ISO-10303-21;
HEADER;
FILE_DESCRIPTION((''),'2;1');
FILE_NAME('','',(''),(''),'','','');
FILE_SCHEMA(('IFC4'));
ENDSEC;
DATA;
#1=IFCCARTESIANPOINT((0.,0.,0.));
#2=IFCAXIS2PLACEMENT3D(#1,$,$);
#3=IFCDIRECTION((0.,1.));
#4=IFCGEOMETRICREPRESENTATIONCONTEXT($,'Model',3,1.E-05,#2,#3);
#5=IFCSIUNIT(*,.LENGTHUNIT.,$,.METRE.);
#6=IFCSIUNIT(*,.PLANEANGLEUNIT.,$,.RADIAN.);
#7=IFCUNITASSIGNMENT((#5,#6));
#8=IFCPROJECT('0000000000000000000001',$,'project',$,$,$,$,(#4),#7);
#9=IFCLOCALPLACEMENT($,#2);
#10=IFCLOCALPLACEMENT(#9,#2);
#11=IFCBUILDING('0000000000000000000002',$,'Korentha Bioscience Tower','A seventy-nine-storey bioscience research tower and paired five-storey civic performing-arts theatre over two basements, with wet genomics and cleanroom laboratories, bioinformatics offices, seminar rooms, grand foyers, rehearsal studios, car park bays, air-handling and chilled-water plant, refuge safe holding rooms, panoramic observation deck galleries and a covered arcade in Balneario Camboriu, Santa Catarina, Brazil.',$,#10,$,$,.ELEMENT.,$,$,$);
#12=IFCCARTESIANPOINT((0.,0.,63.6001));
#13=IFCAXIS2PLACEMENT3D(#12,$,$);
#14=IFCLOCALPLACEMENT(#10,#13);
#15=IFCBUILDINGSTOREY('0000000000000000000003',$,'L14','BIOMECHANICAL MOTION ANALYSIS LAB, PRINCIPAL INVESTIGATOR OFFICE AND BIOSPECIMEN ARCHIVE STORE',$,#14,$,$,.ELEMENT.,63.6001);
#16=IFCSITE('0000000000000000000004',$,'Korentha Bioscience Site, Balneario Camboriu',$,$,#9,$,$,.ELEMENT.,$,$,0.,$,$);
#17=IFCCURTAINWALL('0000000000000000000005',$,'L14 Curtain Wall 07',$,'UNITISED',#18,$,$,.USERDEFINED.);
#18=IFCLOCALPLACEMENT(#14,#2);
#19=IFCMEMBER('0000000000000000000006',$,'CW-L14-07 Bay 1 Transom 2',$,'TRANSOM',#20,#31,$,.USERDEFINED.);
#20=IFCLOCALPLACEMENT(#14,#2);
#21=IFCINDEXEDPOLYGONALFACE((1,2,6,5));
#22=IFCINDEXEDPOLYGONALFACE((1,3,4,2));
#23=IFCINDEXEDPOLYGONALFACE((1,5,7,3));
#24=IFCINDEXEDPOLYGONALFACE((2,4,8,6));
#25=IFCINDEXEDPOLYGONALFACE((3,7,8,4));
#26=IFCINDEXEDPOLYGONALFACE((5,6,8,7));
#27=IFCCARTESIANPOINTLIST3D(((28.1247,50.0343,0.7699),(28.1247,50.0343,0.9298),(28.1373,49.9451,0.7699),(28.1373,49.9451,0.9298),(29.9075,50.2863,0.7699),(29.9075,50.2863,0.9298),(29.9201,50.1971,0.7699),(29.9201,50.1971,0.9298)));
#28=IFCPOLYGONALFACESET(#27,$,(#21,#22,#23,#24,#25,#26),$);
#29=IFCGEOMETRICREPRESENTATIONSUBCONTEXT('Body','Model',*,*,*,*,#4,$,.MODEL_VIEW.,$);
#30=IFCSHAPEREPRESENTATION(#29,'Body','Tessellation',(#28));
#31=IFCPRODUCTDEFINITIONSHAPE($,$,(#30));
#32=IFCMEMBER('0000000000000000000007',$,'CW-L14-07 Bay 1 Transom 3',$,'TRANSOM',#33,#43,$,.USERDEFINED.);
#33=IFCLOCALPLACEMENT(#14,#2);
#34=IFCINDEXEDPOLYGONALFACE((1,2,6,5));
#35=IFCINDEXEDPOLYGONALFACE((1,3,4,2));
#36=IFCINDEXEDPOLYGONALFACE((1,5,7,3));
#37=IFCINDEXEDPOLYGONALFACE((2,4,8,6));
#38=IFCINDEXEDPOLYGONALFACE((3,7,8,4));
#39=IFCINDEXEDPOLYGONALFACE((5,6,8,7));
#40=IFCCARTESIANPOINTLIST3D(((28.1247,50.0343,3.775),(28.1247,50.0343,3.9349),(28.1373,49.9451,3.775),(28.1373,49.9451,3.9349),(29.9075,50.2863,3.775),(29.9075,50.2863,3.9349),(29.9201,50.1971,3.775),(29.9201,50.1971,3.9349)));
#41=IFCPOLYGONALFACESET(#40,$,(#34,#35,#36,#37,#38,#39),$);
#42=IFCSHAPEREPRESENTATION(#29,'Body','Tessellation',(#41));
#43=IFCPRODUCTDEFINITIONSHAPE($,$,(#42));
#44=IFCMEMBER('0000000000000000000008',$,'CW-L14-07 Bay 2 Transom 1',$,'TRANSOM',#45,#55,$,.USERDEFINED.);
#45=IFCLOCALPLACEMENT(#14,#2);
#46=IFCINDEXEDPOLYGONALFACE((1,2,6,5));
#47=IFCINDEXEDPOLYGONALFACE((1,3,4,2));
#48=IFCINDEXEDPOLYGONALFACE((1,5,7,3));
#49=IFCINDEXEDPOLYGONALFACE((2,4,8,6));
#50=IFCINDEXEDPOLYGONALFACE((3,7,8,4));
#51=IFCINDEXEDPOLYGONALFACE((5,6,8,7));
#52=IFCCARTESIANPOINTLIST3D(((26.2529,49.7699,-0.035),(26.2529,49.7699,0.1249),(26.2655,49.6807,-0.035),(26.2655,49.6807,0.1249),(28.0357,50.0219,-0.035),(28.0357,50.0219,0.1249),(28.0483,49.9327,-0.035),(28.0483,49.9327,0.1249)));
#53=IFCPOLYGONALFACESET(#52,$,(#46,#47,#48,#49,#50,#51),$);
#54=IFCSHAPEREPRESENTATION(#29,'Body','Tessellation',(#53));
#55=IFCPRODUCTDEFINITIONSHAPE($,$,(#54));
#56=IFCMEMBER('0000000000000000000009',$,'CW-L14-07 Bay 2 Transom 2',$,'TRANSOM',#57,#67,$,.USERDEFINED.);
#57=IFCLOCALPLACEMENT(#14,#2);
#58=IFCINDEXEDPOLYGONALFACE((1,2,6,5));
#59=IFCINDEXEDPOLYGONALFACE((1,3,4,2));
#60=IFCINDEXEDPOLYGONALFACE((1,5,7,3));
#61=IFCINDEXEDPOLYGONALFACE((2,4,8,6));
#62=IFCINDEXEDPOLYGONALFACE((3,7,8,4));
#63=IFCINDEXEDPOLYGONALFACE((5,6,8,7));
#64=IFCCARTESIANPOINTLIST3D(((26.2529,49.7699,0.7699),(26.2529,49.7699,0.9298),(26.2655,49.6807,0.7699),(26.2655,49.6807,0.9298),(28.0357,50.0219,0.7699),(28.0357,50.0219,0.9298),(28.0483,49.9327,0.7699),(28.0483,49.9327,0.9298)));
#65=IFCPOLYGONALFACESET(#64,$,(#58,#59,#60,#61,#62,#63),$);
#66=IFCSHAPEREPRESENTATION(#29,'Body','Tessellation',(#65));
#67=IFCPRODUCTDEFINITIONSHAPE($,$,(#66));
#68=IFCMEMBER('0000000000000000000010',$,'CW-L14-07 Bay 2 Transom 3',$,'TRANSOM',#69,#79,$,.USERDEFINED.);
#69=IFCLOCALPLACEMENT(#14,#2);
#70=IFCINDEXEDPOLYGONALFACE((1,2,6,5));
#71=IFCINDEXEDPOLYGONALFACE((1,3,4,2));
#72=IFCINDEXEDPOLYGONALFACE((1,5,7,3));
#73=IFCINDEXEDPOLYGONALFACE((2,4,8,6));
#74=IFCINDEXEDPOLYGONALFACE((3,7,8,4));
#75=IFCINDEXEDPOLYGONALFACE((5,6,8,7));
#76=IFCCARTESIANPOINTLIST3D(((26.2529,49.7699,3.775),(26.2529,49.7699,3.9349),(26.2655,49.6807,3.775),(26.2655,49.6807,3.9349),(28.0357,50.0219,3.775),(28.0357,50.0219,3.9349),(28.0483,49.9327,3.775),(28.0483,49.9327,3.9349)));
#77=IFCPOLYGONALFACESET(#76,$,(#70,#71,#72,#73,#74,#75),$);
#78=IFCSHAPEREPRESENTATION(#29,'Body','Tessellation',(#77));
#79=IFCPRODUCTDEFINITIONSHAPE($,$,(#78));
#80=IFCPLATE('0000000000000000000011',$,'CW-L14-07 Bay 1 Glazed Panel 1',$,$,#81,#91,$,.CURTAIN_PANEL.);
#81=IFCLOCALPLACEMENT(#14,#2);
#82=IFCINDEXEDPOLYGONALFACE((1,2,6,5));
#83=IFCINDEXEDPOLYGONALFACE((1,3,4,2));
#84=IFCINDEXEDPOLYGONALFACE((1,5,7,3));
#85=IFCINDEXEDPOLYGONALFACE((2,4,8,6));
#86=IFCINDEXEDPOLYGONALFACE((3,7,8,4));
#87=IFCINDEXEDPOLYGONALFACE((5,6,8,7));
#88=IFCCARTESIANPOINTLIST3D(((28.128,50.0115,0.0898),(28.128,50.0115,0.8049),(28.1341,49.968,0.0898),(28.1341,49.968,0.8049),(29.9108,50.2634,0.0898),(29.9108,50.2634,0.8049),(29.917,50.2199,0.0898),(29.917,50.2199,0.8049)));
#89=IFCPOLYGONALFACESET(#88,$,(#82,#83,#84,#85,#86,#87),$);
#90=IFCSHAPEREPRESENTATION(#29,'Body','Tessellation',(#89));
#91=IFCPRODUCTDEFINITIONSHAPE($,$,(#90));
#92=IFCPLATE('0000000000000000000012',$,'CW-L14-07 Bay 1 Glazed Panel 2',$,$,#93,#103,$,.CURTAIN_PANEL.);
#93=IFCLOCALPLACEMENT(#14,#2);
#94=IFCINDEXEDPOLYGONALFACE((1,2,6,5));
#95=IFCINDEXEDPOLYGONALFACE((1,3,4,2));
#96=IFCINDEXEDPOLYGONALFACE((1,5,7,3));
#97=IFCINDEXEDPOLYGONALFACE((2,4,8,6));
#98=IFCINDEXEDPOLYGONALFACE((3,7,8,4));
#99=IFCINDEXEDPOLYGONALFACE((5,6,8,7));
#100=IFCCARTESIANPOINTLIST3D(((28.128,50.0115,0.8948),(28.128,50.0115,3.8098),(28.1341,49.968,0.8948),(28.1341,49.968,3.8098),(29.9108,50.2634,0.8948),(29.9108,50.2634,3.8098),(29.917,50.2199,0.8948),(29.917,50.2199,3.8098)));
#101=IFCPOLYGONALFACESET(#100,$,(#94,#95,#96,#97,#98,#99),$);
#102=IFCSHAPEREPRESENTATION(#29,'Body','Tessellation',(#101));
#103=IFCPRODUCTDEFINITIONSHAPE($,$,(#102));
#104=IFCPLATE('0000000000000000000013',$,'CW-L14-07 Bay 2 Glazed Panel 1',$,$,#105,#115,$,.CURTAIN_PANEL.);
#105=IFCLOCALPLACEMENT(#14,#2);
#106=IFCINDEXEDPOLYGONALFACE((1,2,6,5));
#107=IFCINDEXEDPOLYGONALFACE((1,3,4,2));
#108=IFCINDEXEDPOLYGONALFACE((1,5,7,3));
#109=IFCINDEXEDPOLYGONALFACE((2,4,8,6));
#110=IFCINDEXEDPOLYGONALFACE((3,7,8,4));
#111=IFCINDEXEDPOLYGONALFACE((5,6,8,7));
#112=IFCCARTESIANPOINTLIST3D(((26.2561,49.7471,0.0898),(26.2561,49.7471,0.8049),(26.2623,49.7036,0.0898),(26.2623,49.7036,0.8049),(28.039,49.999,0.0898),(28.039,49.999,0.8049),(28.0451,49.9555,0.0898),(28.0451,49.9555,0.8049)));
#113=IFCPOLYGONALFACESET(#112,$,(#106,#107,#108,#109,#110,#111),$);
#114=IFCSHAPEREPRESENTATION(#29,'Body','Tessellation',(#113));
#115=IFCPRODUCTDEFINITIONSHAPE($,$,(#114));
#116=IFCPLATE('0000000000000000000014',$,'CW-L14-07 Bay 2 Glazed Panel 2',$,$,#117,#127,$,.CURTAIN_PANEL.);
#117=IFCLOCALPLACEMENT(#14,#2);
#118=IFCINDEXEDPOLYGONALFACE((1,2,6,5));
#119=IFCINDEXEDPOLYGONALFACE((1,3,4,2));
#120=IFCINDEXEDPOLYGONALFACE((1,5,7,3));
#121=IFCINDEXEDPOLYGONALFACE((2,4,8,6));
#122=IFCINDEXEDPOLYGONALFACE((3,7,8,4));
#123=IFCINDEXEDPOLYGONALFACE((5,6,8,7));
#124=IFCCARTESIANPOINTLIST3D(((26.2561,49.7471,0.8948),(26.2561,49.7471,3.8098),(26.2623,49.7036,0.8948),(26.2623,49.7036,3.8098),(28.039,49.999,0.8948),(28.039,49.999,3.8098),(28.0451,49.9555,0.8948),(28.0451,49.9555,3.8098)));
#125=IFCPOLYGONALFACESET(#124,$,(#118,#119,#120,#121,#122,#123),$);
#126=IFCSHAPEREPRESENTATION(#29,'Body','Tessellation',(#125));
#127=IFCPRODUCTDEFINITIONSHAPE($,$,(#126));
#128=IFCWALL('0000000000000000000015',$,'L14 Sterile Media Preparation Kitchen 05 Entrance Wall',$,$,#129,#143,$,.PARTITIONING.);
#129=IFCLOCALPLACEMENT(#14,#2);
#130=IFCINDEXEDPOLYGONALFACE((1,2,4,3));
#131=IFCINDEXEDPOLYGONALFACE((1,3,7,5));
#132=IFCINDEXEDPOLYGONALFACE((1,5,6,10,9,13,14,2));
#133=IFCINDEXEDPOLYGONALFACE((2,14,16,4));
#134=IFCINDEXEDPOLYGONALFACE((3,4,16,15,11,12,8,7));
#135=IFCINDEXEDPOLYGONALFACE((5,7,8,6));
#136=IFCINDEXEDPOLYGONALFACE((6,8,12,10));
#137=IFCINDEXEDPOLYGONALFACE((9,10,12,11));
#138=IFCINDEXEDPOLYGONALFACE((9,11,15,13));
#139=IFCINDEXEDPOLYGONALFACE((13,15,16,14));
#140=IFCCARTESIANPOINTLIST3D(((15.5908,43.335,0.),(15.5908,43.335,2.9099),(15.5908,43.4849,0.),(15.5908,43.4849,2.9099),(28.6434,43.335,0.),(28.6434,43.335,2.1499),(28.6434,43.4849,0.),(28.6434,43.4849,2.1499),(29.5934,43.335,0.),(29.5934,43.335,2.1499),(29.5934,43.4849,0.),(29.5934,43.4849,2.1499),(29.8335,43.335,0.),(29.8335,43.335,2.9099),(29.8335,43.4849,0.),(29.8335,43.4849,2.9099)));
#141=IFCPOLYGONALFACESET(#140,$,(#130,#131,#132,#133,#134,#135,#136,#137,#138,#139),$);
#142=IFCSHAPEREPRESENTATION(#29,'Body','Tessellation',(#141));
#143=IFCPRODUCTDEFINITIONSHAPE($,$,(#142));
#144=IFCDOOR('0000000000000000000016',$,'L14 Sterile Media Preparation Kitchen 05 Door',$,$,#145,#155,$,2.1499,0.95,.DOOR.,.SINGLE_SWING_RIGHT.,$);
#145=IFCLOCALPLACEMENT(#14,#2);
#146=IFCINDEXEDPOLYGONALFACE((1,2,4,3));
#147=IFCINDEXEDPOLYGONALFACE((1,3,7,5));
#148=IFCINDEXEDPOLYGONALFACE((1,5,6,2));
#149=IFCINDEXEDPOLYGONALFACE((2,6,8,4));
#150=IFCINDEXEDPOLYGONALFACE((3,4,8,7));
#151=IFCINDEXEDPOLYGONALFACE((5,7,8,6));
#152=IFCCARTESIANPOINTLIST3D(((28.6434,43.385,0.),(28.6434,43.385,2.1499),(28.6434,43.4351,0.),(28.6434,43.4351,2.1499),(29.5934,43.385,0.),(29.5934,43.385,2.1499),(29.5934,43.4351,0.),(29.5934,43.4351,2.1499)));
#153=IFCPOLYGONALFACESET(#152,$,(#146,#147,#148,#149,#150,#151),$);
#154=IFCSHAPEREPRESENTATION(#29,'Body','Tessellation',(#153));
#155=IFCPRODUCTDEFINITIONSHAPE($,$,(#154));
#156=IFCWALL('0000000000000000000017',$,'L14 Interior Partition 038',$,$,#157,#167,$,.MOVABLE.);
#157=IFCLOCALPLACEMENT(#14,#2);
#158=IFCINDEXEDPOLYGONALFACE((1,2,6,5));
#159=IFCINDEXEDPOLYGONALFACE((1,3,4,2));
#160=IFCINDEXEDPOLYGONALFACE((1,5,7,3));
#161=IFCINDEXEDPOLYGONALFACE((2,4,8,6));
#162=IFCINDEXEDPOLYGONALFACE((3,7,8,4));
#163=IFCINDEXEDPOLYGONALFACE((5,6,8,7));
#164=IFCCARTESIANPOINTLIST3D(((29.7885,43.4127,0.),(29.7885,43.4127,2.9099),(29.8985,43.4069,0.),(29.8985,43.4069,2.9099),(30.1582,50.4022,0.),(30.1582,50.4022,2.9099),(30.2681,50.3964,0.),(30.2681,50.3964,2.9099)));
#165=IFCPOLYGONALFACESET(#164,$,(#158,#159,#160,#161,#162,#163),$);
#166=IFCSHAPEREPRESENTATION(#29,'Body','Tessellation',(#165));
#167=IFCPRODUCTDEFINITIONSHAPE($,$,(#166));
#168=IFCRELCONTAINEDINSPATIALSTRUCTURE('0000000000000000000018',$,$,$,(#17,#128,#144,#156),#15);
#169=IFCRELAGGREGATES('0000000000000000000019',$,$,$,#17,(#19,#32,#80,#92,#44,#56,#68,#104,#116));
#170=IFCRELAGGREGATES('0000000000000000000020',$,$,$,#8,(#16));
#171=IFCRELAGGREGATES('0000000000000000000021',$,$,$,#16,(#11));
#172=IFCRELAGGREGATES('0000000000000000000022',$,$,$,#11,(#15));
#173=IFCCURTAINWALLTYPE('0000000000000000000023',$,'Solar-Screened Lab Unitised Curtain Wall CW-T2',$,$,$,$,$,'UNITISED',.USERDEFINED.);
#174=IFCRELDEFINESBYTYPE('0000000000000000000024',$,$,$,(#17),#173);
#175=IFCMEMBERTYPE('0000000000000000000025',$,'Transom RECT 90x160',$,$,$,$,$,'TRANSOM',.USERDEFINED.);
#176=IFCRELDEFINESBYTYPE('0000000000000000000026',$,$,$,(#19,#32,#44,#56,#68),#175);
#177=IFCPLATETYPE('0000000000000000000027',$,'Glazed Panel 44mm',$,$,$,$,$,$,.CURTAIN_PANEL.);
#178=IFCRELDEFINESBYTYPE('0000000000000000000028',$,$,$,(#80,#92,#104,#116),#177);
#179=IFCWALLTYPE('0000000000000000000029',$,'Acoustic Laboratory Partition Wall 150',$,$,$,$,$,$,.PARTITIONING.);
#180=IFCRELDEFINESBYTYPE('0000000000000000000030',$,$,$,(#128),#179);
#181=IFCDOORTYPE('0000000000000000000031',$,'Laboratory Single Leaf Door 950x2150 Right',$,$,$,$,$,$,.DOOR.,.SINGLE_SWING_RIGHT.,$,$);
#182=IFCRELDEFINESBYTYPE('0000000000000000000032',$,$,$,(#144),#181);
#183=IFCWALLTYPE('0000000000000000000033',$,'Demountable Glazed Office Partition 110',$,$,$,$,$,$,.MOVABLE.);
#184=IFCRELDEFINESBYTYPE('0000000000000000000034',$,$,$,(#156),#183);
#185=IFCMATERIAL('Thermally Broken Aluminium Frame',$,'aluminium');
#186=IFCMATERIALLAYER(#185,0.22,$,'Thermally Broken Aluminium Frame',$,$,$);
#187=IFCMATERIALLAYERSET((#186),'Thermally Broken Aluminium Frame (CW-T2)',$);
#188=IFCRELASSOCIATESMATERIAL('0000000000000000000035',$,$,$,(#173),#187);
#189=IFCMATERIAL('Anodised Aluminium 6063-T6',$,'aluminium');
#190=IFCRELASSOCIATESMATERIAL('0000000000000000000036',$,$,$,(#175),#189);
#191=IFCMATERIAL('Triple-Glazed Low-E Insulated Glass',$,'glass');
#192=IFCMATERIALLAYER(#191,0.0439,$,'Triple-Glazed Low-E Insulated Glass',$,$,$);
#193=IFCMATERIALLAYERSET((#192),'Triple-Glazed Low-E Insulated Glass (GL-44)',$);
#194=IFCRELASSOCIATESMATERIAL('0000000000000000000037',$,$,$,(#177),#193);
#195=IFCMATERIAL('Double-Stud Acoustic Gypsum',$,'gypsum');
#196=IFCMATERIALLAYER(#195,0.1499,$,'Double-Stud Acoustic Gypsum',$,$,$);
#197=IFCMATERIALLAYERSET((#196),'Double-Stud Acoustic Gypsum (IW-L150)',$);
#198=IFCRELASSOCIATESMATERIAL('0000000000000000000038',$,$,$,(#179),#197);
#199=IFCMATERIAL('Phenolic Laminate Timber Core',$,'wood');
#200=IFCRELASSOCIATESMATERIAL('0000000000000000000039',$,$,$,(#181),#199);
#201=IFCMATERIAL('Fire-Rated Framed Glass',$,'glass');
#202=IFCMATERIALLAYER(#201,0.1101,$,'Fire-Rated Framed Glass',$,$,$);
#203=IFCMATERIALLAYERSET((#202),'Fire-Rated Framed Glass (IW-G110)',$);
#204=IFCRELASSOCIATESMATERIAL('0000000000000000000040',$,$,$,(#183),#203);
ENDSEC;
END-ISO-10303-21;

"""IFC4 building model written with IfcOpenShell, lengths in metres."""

from ifc_helpers import new_model, si_unit, direction, frame, frame_2d, origin, origin_2d, place, context, subcontext, project, spatial, rectangle, extrude, material, layer, layer_set, material_profile, profile_set, type_object, element, fill, aggregate, save


model = new_model("IFC4")

# Units and contexts
model_context = context("Model", 3, precision=1e-05, world=origin(), true_north=direction((0.0, 1.0)))
body_context = subcontext(model_context, "Body", "Model", "MODEL_VIEW")
ifc_project = project(units=[si_unit("LENGTHUNIT", "METRE"), si_unit("PLANEANGLEUNIT", "RADIAN")], contexts=[model_context])

# Site, building, storey
site_placement = place(None, origin())
site = spatial("IfcSite", under=ifc_project, at=site_placement, Name="Korentha Bioscience Site, Balneario Camboriu", CompositionType="ELEMENT", RefElevation=0.0)
building_placement = place(site_placement, origin())
building = spatial("IfcBuilding", under=site, at=building_placement, Name="Korentha Bioscience Tower", Description="A seventy-nine-storey bioscience research tower and paired five-storey civic performing-arts theatre over two basements, with wet genomics and cleanroom laboratories, bioinformatics offices, seminar rooms, grand foyers, rehearsal studios, car park bays, air-handling and chilled-water plant, refuge safe holding rooms, panoramic observation deck galleries and a covered arcade in Balneario Camboriu, Santa Catarina, Brazil.", CompositionType="ELEMENT")
storey_placement = place(building_placement, frame((0.0, 0.0, 63.6001)))
storey = spatial("IfcBuildingStorey", under=building, at=storey_placement, Name="L14", Description="BIOMECHANICAL MOTION ANALYSIS LAB, PRINCIPAL INVESTIGATOR OFFICE AND BIOSPECIMEN ARCHIVE STORE", CompositionType="ELEMENT", Elevation=63.6001)

# Curtain wall
ifc_material_1 = material(Name="Thermally Broken Aluminium Frame", Category="aluminium")
ifc_layer_1 = layer(ifc_material_1, 0.22, Name="Thermally Broken Aluminium Frame")
ifc_layer_set_1 = layer_set([ifc_layer_1], Name="Thermally Broken Aluminium Frame (CW-T2)")
curtain_wall_type = type_object("IfcCurtainWallType", Name="Solar-Screened Lab Unitised Curtain Wall CW-T2", ElementType="UNITISED", PredefinedType="USERDEFINED", material=ifc_layer_set_1)
curtain_wall_placement = place(storey_placement, origin())
curtain_wall = element("IfcCurtainWall", 1, at=curtain_wall_placement, inside=storey, type_object=curtain_wall_type, Name="L14 Curtain Wall 07", ObjectType="UNITISED", PredefinedType="USERDEFINED")
ifc_material_2 = material(Name="Anodised Aluminium 6063-T6", Category="aluminium")

# Members
ifc_material_profile_1 = material_profile(ifc_material_2, rectangle(XDim=0.0901, YDim=0.1599, at=origin_2d()), Name="Anodised Aluminium 6063-T6")
ifc_profile_set_1 = profile_set([ifc_material_profile_1], Name="Anodised Aluminium 6063-T6 (CW-TRN)")
member_type_1 = type_object("IfcMemberType", Name="Transom RECT 90x160", ElementType="TRANSOM", PredefinedType="USERDEFINED", material=ifc_profile_set_1)
member_1_placement = place(storey_placement, frame((29.9138, 50.2417, 0.8499), z_axis=(-0.99016, -0.13994, 0.0), x_axis=(0.13994, -0.99016, 0.0)))
member_1 = element("IfcMember", 2, at=member_1_placement, type_object=member_type_1, Name="CW-L14-07 Bay 1 Transom 2", ObjectType="TRANSOM", PredefinedType="USERDEFINED", context=body_context, shape_type="SweptSolid", body=[
    extrude(rectangle(XDim=0.0901, YDim=0.1599, at=origin_2d()), origin(), (0.0, 0.0, 1.0), 1.8005),
])
member_2_placement = place(storey_placement, frame((29.9138, 50.2417, 3.855), z_axis=(-0.99016, -0.13994, 0.0), x_axis=(0.13994, -0.99016, 0.0)))
member_2 = element("IfcMember", 3, at=member_2_placement, type_object=member_type_1, Name="CW-L14-07 Bay 1 Transom 3", ObjectType="TRANSOM", PredefinedType="USERDEFINED", context=body_context, shape_type="SweptSolid", body=[
    extrude(rectangle(XDim=0.0901, YDim=0.1599, at=origin_2d()), origin(), (0.0, 0.0, 1.0), 1.8005),
])
member_3_placement = place(storey_placement, frame((28.042, 49.9773, 0.0449), z_axis=(-0.99016, -0.13994, 0.0), x_axis=(0.13994, -0.99016, 0.0)))
member_3 = element("IfcMember", 4, at=member_3_placement, type_object=member_type_1, Name="CW-L14-07 Bay 2 Transom 1", ObjectType="TRANSOM", PredefinedType="USERDEFINED", context=body_context, shape_type="SweptSolid", body=[
    extrude(rectangle(XDim=0.0901, YDim=0.1599, at=origin_2d()), origin(), (0.0, 0.0, 1.0), 1.8005),
])
member_4_placement = place(storey_placement, frame((28.042, 49.9773, 0.8499), z_axis=(-0.99016, -0.13994, 0.0), x_axis=(0.13994, -0.99016, 0.0)))
member_4 = element("IfcMember", 5, at=member_4_placement, type_object=member_type_1, Name="CW-L14-07 Bay 2 Transom 2", ObjectType="TRANSOM", PredefinedType="USERDEFINED", context=body_context, shape_type="SweptSolid", body=[
    extrude(rectangle(XDim=0.0901, YDim=0.1599, at=origin_2d()), origin(), (0.0, 0.0, 1.0), 1.8005),
])
member_5_placement = place(storey_placement, frame((28.042, 49.9773, 3.855), z_axis=(-0.99016, -0.13994, 0.0), x_axis=(0.13994, -0.99016, 0.0)))
member_5 = element("IfcMember", 6, at=member_5_placement, type_object=member_type_1, Name="CW-L14-07 Bay 2 Transom 3", ObjectType="TRANSOM", PredefinedType="USERDEFINED", context=body_context, shape_type="SweptSolid", body=[
    extrude(rectangle(XDim=0.0901, YDim=0.1599, at=origin_2d()), origin(), (0.0, 0.0, 1.0), 1.8005),
])

# Plates
ifc_material_3 = material(Name="Triple-Glazed Low-E Insulated Glass", Category="glass")
ifc_layer_2 = layer(ifc_material_3, 0.0439, Name="Triple-Glazed Low-E Insulated Glass")
ifc_layer_set_2 = layer_set([ifc_layer_2], Name="Triple-Glazed Low-E Insulated Glass (GL-44)")
plate_type = type_object("IfcPlateType", Name="Glazed Panel 44mm", PredefinedType="CURTAIN_PANEL", material=ifc_layer_set_2)
plate_1_placement = place(storey_placement, frame((29.0225, 50.1157, 0.0898), z_axis=(0.0, 0.0, 1.0), x_axis=(-0.990167, -0.139888, 0.0)))
plate_1 = element("IfcPlate", 7, at=plate_1_placement, type_object=plate_type, Name="CW-L14-07 Bay 1 Glazed Panel 1", PredefinedType="CURTAIN_PANEL", context=body_context, shape_type="SweptSolid", body=[
    extrude(rectangle(XDim=1.8005, YDim=0.0439, at=origin_2d()), origin(), (0.0, 0.0, 1.0), 0.7151),
])
plate_2_placement = place(storey_placement, frame((29.0225, 50.1157, 0.8948), z_axis=(0.0, 0.0, 1.0), x_axis=(-0.990167, -0.139888, 0.0)))
plate_2 = element("IfcPlate", 8, at=plate_2_placement, type_object=plate_type, Name="CW-L14-07 Bay 1 Glazed Panel 2", PredefinedType="CURTAIN_PANEL", context=body_context, shape_type="SweptSolid", body=[
    extrude(rectangle(XDim=1.8005, YDim=0.0439, at=origin_2d()), origin(), (0.0, 0.0, 1.0), 2.915),
])
plate_3_placement = place(storey_placement, frame((27.1506, 49.8513, 0.0898), z_axis=(0.0, 0.0, 1.0), x_axis=(-0.990167, -0.139888, 0.0)))
plate_3 = element("IfcPlate", 9, at=plate_3_placement, type_object=plate_type, Name="CW-L14-07 Bay 2 Glazed Panel 1", PredefinedType="CURTAIN_PANEL", context=body_context, shape_type="SweptSolid", body=[
    extrude(rectangle(XDim=1.8005, YDim=0.0439, at=origin_2d()), origin(), (0.0, 0.0, 1.0), 0.7151),
])
plate_4_placement = place(storey_placement, frame((27.1506, 49.8513, 0.8948), z_axis=(0.0, 0.0, 1.0), x_axis=(-0.990167, -0.139888, 0.0)))
plate_4 = element("IfcPlate", 10, at=plate_4_placement, type_object=plate_type, Name="CW-L14-07 Bay 2 Glazed Panel 2", PredefinedType="CURTAIN_PANEL", context=body_context, shape_type="SweptSolid", body=[
    extrude(rectangle(XDim=1.8005, YDim=0.0439, at=origin_2d()), origin(), (0.0, 0.0, 1.0), 2.915),
])
aggregate(curtain_wall, [member_1, member_2, plate_1, plate_2, member_3, member_4, member_5, plate_3, plate_4])

# Wall, opening, door
ifc_material_4 = material(Name="Double-Stud Acoustic Gypsum", Category="gypsum")
ifc_layer_3 = layer(ifc_material_4, 0.1499, Name="Double-Stud Acoustic Gypsum")
ifc_layer_set_3 = layer_set([ifc_layer_3], Name="Double-Stud Acoustic Gypsum (IW-L150)")
wall_type_1 = type_object("IfcWallType", Name="Acoustic Laboratory Partition Wall 150", PredefinedType="PARTITIONING", material=ifc_layer_set_3)
wall_1_placement = place(storey_placement, frame((29.8335, 43.4099, 0.0), z_axis=(0.0, 0.0, 1.0), x_axis=(-1.0, 0.0, 0.0)))
wall_1 = element("IfcWall", 11, at=wall_1_placement, inside=storey, type_object=wall_type_1, Name="L14 Sterile Media Preparation Kitchen 05 Entrance Wall", PredefinedType="PARTITIONING", context=body_context, shape_type="SweptSolid", body=[
    extrude(rectangle(XDim=14.2427, YDim=0.1499, at=frame_2d((7.1213, 0.0))), origin(), (0.0, 0.0, 1.0), 2.9099),
])
opening_1_placement = place(wall_1_placement, frame((0.24, 0.0, 0.0)))
opening_1 = element("IfcOpeningElement", 12, at=opening_1_placement, cuts=wall_1, PredefinedType="OPENING", context=body_context, shape_type="SweptSolid", body=[
    extrude(rectangle(XDim=0.95, YDim=2.1499, at=frame_2d((0.4751, 1.075))), frame((0.0, 0.0898, 0.0), z_axis=(0.0, -1.0, 0.0), x_axis=(1.0, 0.0, 0.0)), (0.0, 0.0, 1.0), 0.1797),
])
ifc_material_5 = material(Name="Phenolic Laminate Timber Core", Category="wood")
door_type = type_object("IfcDoorType", Name="Laboratory Single Leaf Door 950x2150 Right", OperationType="SINGLE_SWING_RIGHT", PredefinedType="DOOR", material=ifc_material_5)
door_placement = place(opening_1_placement, origin())
door = element("IfcDoor", 13, at=door_placement, inside=storey, type_object=door_type, Name="L14 Sterile Media Preparation Kitchen 05 Door", OperationType="SINGLE_SWING_RIGHT", OverallHeight=2.1499, OverallWidth=0.95, PredefinedType="DOOR", context=body_context, shape_type="SweptSolid", body=[
    extrude(rectangle(XDim=0.95, YDim=2.1499, at=frame_2d((0.4751, 1.075))), frame((0.0, 0.0249, 0.0), z_axis=(0.0, -1.0, 0.0), x_axis=(1.0, 0.0, 0.0)), (0.0, 0.0, 1.0), 0.05),
])
fill(opening_1, door)

# Wall
ifc_material_6 = material(Name="Fire-Rated Framed Glass", Category="glass")
ifc_layer_4 = layer(ifc_material_6, 0.1101, Name="Fire-Rated Framed Glass")
ifc_layer_set_4 = layer_set([ifc_layer_4], Name="Fire-Rated Framed Glass (IW-G110)")
wall_type_2 = type_object("IfcWallType", Name="Demountable Glazed Office Partition 110", PredefinedType="MOVABLE", material=ifc_layer_set_4)
wall_2_placement = place(storey_placement, frame((29.8435, 43.4099, 0.0), z_axis=(0.0, 0.0, 1.0), x_axis=(0.05281, 0.998605, 0.0)))
element("IfcWall", 14, at=wall_2_placement, inside=storey, type_object=wall_type_2, Name="L14 Interior Partition 038", PredefinedType="MOVABLE", context=body_context, shape_type="SweptSolid", body=[
    extrude(rectangle(XDim=6.9993, YDim=0.1101, at=frame_2d((3.4995, 0.0))), origin(), (0.0, 0.0, 1.0), 2.9099),
])

save(model, "model.ifc")
